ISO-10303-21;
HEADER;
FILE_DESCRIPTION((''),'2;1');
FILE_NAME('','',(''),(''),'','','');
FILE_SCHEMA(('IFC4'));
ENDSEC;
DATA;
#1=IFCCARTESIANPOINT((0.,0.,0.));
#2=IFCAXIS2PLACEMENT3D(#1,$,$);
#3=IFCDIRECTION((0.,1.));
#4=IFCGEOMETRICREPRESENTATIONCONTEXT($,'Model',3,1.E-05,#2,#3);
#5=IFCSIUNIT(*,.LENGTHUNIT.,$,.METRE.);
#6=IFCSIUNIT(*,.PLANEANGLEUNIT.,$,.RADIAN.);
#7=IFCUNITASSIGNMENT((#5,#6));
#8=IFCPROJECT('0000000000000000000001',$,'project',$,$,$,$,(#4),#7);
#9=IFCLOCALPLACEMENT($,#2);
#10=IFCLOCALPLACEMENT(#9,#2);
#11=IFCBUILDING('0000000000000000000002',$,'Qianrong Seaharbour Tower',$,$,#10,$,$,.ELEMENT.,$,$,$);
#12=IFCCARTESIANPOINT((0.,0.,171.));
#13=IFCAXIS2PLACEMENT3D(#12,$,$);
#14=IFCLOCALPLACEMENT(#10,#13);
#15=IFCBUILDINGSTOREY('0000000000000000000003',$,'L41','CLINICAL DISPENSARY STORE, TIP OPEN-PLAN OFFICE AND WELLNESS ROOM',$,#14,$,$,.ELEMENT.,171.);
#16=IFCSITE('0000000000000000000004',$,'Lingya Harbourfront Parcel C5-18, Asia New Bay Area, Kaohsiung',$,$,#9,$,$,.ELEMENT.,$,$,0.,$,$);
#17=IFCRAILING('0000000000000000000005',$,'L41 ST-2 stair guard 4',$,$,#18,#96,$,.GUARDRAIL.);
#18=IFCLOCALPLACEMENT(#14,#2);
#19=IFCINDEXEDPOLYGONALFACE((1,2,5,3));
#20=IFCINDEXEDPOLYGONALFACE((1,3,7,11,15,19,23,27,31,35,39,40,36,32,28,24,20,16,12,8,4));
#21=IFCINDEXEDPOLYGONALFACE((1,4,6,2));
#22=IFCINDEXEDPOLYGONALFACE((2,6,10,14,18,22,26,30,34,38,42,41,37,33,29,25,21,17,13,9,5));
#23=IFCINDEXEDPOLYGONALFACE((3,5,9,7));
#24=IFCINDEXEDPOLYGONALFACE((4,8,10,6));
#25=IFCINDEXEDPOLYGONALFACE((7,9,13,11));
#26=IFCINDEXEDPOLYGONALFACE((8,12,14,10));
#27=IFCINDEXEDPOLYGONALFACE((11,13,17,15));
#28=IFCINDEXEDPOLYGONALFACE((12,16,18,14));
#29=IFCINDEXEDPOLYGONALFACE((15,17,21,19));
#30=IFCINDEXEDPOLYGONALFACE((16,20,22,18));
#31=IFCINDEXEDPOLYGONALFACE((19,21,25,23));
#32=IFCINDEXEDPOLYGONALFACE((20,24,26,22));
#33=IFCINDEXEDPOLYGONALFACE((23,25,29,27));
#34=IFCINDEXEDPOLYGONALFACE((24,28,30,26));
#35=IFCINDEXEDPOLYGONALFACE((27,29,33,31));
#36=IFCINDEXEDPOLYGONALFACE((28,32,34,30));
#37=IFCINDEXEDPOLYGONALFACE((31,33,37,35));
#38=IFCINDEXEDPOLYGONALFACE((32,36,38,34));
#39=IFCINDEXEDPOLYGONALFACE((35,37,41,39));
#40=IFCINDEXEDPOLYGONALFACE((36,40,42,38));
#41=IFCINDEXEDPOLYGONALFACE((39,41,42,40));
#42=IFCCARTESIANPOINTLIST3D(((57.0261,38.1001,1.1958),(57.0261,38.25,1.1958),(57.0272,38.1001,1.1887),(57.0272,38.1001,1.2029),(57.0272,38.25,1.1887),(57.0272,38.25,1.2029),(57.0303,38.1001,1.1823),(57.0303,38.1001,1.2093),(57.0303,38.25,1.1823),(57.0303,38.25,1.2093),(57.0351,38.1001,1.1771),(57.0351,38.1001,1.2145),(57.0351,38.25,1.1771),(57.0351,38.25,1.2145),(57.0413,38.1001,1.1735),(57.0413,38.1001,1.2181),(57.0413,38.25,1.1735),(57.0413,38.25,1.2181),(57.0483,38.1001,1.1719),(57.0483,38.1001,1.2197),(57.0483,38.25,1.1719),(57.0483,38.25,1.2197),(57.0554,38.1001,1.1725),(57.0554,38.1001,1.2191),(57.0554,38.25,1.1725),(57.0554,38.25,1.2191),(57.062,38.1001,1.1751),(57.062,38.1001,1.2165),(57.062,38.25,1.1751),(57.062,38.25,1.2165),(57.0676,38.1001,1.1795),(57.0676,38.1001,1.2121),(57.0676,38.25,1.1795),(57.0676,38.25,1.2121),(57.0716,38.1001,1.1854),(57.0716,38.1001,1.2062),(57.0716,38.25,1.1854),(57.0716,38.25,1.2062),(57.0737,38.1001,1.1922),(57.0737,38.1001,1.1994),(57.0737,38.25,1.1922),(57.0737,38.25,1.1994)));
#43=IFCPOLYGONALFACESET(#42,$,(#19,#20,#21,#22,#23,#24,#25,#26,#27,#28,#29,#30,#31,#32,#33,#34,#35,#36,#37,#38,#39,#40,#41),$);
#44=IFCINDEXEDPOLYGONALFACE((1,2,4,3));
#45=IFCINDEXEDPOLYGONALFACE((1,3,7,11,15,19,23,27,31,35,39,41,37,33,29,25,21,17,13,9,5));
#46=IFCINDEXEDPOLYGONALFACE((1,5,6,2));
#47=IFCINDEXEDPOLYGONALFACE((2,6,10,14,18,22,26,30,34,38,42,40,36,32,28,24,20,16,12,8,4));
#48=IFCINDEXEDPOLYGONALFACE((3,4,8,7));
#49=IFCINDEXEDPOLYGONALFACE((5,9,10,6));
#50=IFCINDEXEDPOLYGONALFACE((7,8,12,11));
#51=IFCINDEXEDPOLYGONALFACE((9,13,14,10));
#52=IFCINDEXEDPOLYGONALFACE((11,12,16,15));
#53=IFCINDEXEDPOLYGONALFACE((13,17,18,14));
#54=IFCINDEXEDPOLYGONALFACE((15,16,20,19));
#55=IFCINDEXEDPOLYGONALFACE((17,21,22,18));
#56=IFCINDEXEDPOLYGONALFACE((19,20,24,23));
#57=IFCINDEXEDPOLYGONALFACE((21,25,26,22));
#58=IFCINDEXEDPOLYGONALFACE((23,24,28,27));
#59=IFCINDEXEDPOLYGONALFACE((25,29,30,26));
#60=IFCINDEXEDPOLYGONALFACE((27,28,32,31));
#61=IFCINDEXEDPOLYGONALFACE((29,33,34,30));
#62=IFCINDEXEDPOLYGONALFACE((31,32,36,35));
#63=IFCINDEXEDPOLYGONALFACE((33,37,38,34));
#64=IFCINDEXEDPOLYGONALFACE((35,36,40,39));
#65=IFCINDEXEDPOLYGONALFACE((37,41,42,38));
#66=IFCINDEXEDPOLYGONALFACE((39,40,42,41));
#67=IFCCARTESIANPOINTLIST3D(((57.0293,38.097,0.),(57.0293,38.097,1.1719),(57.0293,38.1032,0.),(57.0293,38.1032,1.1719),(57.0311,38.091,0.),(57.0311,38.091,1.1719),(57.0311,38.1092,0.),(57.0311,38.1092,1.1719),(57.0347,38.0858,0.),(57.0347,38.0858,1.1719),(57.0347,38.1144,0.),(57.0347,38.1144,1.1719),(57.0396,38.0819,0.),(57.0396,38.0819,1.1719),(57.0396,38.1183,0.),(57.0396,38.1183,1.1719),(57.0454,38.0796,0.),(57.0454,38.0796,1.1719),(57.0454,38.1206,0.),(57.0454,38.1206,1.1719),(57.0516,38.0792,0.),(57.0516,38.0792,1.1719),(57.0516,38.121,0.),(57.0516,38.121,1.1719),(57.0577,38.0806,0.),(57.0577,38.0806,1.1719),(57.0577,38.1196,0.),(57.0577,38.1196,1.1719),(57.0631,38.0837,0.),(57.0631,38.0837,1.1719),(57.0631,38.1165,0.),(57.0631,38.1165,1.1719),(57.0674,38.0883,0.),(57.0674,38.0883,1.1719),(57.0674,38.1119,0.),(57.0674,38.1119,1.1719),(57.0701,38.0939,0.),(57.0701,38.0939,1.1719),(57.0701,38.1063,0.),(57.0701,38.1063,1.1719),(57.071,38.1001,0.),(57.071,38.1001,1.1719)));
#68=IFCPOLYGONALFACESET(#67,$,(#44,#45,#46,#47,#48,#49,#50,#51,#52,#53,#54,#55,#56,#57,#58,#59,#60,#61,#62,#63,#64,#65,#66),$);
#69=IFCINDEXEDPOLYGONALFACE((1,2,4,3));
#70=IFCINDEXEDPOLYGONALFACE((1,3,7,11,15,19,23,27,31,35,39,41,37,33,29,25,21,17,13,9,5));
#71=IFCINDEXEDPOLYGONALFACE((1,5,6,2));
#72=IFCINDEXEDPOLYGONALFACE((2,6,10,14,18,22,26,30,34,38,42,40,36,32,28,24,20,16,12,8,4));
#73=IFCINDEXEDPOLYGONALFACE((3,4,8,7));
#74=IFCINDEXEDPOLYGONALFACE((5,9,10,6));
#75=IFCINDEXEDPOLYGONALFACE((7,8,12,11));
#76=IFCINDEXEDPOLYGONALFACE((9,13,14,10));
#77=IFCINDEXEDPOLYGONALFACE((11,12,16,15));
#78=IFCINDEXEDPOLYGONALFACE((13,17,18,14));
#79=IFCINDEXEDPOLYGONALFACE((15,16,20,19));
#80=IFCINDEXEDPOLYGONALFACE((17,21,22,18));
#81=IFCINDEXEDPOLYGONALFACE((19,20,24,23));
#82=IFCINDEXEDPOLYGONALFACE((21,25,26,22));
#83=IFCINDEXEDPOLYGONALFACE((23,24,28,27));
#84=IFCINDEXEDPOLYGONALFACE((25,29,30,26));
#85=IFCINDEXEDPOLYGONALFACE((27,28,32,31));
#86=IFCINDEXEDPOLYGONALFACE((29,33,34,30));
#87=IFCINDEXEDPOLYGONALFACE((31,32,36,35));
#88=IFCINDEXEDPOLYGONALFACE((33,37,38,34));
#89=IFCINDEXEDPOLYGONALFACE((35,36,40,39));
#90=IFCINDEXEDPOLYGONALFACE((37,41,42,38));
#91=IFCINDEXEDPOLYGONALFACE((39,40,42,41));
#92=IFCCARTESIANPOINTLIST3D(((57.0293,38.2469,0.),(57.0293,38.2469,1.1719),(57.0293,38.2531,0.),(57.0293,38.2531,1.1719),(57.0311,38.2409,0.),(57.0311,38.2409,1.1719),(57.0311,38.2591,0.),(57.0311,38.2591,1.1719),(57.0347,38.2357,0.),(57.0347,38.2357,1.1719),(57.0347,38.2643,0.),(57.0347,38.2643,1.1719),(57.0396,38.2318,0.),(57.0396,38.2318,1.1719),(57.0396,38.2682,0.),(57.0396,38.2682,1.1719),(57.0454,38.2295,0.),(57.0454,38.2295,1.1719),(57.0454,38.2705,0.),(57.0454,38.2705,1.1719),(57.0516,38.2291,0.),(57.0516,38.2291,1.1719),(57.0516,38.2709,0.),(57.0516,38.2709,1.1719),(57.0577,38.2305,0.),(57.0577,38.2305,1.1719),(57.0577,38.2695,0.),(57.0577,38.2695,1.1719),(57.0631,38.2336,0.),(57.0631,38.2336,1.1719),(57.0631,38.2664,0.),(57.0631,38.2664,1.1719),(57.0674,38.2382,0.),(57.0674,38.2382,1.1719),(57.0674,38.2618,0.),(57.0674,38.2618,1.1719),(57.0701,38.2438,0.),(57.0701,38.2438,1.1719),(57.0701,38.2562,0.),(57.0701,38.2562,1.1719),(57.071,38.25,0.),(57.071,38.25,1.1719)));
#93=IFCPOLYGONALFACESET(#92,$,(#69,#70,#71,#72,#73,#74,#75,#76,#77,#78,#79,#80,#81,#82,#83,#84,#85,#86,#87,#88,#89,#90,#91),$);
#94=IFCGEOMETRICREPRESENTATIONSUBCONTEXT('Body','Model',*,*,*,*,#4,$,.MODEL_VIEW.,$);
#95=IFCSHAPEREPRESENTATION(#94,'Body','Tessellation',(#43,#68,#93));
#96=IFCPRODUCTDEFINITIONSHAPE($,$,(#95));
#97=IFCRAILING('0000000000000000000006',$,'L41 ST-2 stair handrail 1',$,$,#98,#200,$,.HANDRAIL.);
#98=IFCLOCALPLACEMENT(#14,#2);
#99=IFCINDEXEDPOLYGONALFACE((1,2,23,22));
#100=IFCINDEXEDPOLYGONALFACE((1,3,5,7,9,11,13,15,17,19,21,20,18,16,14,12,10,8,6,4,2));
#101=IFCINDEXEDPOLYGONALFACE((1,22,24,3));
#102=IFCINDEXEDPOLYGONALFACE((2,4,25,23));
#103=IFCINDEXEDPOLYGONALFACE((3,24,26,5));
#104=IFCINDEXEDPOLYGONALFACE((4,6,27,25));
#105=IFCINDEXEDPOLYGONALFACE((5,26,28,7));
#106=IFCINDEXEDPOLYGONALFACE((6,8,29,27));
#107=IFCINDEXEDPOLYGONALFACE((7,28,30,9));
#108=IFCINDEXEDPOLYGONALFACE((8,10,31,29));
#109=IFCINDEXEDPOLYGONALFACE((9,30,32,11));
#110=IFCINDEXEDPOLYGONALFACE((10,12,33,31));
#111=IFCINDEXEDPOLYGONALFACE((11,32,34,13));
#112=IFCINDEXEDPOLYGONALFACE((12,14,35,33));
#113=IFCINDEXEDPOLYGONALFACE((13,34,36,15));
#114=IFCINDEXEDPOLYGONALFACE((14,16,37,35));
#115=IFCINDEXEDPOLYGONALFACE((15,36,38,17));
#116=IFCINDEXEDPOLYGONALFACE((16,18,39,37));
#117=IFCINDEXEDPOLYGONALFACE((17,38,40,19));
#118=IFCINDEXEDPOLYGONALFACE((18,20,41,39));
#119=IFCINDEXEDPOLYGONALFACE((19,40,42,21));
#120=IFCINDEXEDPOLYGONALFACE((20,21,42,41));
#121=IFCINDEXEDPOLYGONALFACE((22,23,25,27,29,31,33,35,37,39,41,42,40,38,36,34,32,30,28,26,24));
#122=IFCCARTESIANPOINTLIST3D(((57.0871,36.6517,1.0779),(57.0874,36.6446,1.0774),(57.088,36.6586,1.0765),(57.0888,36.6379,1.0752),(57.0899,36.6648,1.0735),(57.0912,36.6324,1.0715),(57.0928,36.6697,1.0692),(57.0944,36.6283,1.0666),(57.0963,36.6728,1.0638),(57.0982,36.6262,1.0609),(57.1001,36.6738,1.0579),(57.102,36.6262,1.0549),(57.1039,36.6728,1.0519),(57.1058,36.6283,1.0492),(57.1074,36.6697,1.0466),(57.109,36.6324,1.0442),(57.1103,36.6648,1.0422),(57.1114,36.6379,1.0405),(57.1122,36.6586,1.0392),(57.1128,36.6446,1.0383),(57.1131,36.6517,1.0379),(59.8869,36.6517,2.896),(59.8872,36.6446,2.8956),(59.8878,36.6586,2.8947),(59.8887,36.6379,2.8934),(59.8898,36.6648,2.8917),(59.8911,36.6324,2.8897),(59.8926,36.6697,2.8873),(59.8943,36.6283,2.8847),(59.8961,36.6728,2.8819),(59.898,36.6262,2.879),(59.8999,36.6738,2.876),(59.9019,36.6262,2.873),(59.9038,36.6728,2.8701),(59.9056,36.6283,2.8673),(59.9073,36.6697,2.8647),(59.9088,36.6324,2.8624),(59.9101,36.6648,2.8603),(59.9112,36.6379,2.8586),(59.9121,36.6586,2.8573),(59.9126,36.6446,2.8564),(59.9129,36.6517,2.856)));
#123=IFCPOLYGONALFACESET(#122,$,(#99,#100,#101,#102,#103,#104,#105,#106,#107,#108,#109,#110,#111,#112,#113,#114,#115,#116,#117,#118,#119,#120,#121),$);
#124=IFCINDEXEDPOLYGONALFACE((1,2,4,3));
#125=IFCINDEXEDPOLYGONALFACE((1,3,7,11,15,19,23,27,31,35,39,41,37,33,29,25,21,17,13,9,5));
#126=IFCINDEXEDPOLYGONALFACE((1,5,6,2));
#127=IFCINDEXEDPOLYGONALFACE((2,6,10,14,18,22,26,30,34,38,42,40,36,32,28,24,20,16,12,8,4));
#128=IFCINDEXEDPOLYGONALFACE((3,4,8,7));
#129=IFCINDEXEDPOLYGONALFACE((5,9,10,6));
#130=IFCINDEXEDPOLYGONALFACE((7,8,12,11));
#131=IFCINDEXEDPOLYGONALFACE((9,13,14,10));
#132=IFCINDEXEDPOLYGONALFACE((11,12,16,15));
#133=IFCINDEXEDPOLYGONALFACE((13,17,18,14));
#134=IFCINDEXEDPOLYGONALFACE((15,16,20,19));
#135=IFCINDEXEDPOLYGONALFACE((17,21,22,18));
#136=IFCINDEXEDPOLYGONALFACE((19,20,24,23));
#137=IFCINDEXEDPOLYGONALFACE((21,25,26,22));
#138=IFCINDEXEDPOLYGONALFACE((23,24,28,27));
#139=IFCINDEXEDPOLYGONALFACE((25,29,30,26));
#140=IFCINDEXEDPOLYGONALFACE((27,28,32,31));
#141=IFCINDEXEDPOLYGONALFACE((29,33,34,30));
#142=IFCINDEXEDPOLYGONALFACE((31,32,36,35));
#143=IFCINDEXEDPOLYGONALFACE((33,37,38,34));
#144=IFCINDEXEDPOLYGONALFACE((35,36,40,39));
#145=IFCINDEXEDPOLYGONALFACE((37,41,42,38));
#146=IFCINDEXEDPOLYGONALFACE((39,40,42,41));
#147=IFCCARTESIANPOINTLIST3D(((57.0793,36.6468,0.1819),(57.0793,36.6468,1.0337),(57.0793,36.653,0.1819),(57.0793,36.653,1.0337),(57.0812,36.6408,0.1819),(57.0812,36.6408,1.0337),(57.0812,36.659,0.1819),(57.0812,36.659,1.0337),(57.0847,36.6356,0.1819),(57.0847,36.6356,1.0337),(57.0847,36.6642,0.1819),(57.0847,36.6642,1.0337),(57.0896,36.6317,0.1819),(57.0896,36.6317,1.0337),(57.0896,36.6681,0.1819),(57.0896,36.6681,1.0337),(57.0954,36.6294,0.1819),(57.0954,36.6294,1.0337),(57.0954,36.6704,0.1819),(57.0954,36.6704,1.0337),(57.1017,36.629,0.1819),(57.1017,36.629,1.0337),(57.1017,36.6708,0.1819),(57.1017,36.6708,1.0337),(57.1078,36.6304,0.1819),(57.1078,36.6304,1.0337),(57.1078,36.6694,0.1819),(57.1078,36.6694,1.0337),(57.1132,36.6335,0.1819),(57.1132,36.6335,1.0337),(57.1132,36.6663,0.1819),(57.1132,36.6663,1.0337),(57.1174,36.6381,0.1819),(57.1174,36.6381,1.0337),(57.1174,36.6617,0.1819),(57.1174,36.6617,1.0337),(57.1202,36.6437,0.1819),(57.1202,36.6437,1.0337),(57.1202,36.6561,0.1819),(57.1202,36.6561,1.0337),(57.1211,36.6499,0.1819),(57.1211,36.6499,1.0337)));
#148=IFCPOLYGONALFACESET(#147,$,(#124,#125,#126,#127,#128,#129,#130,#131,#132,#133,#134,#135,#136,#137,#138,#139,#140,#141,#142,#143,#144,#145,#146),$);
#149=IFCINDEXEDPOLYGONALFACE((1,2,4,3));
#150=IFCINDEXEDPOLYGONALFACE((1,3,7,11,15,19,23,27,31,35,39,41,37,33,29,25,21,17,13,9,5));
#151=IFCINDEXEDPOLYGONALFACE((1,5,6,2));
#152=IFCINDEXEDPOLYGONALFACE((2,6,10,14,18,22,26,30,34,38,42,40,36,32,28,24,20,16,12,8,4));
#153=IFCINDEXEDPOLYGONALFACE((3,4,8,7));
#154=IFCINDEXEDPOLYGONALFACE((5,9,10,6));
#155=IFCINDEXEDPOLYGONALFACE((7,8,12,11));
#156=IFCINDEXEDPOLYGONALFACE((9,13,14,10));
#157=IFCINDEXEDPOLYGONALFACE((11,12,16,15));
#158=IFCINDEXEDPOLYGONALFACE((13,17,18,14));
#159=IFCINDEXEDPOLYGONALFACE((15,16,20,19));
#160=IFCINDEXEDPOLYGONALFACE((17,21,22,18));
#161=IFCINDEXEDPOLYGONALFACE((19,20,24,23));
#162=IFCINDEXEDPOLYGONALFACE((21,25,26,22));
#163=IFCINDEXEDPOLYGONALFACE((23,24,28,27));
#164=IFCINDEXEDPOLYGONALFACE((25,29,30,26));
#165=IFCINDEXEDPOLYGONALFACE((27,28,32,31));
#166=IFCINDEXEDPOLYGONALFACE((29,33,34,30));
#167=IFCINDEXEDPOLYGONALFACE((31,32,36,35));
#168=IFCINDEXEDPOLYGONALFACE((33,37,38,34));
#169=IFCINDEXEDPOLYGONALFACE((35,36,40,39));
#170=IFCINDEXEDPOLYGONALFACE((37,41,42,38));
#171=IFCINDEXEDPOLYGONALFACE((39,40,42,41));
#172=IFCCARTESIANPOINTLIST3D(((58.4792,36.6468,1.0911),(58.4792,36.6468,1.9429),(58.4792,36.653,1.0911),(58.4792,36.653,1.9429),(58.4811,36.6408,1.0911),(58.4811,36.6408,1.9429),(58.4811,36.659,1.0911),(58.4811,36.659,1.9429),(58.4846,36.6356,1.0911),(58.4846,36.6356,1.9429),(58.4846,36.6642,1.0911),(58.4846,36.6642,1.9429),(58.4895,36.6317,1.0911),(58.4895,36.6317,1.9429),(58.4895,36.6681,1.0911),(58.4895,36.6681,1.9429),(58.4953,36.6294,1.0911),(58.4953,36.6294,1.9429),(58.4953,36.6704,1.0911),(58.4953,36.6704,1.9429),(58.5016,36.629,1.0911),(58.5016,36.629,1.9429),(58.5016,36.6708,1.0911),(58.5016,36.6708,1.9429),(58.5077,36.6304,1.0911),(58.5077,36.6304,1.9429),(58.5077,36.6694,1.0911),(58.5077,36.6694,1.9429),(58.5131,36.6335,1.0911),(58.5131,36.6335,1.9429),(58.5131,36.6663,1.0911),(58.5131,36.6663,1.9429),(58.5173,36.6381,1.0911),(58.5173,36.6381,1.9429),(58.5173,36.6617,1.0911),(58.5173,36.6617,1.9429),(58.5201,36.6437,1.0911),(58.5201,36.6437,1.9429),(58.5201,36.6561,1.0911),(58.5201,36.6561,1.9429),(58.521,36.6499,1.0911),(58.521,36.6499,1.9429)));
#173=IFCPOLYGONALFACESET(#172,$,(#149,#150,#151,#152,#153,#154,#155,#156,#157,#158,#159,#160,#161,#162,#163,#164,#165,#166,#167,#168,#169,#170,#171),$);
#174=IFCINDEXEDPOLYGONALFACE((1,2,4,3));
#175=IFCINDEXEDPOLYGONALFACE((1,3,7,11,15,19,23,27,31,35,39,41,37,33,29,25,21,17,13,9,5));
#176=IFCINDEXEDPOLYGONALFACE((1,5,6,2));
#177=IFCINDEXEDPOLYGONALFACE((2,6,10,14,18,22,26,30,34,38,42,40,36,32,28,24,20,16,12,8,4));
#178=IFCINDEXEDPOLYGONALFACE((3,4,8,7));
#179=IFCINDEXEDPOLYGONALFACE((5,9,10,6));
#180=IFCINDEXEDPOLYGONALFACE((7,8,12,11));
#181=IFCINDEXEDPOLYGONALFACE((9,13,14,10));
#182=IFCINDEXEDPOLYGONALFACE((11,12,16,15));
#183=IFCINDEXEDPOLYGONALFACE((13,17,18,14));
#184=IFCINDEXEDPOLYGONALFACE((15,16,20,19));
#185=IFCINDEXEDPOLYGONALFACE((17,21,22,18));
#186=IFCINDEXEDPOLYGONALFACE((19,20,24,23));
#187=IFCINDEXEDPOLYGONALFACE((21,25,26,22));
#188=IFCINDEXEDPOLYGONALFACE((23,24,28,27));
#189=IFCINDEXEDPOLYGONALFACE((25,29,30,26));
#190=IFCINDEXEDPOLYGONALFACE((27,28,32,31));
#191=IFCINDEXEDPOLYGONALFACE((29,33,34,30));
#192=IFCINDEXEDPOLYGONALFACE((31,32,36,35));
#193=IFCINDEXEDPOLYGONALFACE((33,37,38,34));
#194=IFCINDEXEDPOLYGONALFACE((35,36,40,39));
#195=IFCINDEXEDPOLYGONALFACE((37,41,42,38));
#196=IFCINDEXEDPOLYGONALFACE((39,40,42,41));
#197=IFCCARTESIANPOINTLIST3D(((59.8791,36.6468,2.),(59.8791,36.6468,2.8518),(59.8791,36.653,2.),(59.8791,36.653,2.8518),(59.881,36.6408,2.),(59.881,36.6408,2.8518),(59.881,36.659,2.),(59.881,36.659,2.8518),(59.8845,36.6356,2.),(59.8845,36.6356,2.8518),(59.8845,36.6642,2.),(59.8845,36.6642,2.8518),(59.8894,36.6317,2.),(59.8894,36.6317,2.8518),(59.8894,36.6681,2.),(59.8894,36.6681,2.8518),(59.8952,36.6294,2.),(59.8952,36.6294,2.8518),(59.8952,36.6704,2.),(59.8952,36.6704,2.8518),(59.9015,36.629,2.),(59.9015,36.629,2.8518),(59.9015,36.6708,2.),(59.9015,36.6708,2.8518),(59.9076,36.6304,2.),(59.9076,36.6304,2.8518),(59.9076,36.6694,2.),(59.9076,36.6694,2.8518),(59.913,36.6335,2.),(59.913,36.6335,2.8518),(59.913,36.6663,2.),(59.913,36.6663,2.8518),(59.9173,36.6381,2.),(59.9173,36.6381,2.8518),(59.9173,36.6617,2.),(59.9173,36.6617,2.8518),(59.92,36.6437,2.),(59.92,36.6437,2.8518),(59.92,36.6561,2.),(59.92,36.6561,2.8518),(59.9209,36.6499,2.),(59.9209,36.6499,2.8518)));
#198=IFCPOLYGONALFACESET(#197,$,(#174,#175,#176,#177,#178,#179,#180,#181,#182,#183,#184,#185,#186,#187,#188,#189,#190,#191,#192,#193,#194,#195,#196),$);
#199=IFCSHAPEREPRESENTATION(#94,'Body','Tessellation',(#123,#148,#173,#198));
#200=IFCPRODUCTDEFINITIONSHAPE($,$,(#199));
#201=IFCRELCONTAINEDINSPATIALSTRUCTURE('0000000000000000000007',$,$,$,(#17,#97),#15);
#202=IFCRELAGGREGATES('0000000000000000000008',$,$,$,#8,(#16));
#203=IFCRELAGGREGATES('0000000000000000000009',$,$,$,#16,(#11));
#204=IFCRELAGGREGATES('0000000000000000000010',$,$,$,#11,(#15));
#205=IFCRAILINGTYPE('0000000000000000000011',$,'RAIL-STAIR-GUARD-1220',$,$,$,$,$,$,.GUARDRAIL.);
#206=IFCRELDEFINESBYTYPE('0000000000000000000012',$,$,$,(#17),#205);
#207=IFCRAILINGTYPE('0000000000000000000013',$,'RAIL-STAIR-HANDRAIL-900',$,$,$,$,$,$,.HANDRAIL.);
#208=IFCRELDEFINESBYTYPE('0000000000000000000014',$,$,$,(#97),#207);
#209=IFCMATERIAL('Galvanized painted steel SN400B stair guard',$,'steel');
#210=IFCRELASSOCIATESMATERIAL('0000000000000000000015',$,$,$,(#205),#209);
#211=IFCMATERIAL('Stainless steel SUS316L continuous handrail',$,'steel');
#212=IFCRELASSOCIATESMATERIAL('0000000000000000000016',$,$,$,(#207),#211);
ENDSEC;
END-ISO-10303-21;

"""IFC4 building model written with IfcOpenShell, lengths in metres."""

from ifc_helpers import new_model, si_unit, direction, frame, origin, origin_2d, place, context, subcontext, project, spatial, circle, extrude, material, type_object, element, save


model = new_model("IFC4")

# Units and contexts
model_context = context("Model", 3, precision=1e-05, world=origin(), true_north=direction((0.0, 1.0)))
body_context = subcontext(model_context, "Body", "Model", "MODEL_VIEW")
ifc_project = project(units=[si_unit("LENGTHUNIT", "METRE"), si_unit("PLANEANGLEUNIT", "RADIAN")], contexts=[model_context])

# Site, building, storey
site_placement = place(None, origin())
site = spatial("IfcSite", under=ifc_project, at=site_placement, Name="Lingya Harbourfront Parcel C5-18, Asia New Bay Area, Kaohsiung", CompositionType="ELEMENT", RefElevation=0.0)
building_placement = place(site_placement, origin())
building = spatial("IfcBuilding", under=site, at=building_placement, Name="Qianrong Seaharbour Tower", CompositionType="ELEMENT")
storey_placement = place(building_placement, frame((0.0, 0.0, 171.0)))
storey = spatial("IfcBuildingStorey", under=building, at=storey_placement, Name="L41", Description="CLINICAL DISPENSARY STORE, TIP OPEN-PLAN OFFICE AND WELLNESS ROOM", CompositionType="ELEMENT", Elevation=171.0)

# Railings
ifc_material_1 = material(Name="Galvanized painted steel SN400B stair guard", Category="steel")
railing_type_1 = type_object("IfcRailingType", Name="RAIL-STAIR-GUARD-1220", PredefinedType="GUARDRAIL", material=ifc_material_1)
railing_1_placement = place(storey_placement, frame((57.05, 38.1001, 0.0)))
element("IfcRailing", 1, at=railing_1_placement, inside=storey, type_object=railing_type_1, Name="L41 ST-2 stair guard 4", PredefinedType="GUARDRAIL", context=body_context, shape_type="SweptSolid", body=[
    extrude(circle(Radius=0.0239, at=origin_2d()), frame((0.0, 0.0, 1.1958), z_axis=(0.0, 1.0, 0.0), x_axis=(-1.0, 0.0, 0.0)), (0.0, 0.0, 1.0), 0.1499),
    extrude(circle(Radius=0.021, at=origin_2d()), origin(), (0.0, 0.0, 1.0), 1.1719),
    extrude(circle(Radius=0.021, at=origin_2d()), frame((0.0, 0.1499, 0.0)), (0.0, 0.0, 1.0), 1.1719),
])
ifc_material_2 = material(Name="Stainless steel SUS316L continuous handrail", Category="steel")
railing_type_2 = type_object("IfcRailingType", Name="RAIL-STAIR-HANDRAIL-900", PredefinedType="HANDRAIL", material=ifc_material_2)
railing_2_placement = place(storey_placement, frame((57.1001, 36.6499, 0.1819)))
element("IfcRailing", 2, at=railing_2_placement, inside=storey, type_object=railing_type_2, Name="L41 ST-2 stair handrail 1", PredefinedType="HANDRAIL", context=body_context, shape_type="SweptSolid", body=[
    extrude(circle(Radius=0.0239, at=origin_2d()), frame((0.0, 0.0, 0.876), z_axis=(0.838684, 0.0, 0.544618), x_axis=(0.0, 1.0, 0.0)), (0.0, 0.0, 1.0), 3.3384),
    extrude(circle(Radius=0.021, at=origin_2d()), origin(), (0.0, 0.0, 1.0), 0.8518),
    extrude(circle(Radius=0.021, at=origin_2d()), frame((1.3999, 0.0, 0.9092)), (0.0, 0.0, 1.0), 0.8518),
    extrude(circle(Radius=0.021, at=origin_2d()), frame((2.7998, 0.0, 1.8181)), (0.0, 0.0, 1.0), 0.8518),
])

save(model, "model.ifc")
